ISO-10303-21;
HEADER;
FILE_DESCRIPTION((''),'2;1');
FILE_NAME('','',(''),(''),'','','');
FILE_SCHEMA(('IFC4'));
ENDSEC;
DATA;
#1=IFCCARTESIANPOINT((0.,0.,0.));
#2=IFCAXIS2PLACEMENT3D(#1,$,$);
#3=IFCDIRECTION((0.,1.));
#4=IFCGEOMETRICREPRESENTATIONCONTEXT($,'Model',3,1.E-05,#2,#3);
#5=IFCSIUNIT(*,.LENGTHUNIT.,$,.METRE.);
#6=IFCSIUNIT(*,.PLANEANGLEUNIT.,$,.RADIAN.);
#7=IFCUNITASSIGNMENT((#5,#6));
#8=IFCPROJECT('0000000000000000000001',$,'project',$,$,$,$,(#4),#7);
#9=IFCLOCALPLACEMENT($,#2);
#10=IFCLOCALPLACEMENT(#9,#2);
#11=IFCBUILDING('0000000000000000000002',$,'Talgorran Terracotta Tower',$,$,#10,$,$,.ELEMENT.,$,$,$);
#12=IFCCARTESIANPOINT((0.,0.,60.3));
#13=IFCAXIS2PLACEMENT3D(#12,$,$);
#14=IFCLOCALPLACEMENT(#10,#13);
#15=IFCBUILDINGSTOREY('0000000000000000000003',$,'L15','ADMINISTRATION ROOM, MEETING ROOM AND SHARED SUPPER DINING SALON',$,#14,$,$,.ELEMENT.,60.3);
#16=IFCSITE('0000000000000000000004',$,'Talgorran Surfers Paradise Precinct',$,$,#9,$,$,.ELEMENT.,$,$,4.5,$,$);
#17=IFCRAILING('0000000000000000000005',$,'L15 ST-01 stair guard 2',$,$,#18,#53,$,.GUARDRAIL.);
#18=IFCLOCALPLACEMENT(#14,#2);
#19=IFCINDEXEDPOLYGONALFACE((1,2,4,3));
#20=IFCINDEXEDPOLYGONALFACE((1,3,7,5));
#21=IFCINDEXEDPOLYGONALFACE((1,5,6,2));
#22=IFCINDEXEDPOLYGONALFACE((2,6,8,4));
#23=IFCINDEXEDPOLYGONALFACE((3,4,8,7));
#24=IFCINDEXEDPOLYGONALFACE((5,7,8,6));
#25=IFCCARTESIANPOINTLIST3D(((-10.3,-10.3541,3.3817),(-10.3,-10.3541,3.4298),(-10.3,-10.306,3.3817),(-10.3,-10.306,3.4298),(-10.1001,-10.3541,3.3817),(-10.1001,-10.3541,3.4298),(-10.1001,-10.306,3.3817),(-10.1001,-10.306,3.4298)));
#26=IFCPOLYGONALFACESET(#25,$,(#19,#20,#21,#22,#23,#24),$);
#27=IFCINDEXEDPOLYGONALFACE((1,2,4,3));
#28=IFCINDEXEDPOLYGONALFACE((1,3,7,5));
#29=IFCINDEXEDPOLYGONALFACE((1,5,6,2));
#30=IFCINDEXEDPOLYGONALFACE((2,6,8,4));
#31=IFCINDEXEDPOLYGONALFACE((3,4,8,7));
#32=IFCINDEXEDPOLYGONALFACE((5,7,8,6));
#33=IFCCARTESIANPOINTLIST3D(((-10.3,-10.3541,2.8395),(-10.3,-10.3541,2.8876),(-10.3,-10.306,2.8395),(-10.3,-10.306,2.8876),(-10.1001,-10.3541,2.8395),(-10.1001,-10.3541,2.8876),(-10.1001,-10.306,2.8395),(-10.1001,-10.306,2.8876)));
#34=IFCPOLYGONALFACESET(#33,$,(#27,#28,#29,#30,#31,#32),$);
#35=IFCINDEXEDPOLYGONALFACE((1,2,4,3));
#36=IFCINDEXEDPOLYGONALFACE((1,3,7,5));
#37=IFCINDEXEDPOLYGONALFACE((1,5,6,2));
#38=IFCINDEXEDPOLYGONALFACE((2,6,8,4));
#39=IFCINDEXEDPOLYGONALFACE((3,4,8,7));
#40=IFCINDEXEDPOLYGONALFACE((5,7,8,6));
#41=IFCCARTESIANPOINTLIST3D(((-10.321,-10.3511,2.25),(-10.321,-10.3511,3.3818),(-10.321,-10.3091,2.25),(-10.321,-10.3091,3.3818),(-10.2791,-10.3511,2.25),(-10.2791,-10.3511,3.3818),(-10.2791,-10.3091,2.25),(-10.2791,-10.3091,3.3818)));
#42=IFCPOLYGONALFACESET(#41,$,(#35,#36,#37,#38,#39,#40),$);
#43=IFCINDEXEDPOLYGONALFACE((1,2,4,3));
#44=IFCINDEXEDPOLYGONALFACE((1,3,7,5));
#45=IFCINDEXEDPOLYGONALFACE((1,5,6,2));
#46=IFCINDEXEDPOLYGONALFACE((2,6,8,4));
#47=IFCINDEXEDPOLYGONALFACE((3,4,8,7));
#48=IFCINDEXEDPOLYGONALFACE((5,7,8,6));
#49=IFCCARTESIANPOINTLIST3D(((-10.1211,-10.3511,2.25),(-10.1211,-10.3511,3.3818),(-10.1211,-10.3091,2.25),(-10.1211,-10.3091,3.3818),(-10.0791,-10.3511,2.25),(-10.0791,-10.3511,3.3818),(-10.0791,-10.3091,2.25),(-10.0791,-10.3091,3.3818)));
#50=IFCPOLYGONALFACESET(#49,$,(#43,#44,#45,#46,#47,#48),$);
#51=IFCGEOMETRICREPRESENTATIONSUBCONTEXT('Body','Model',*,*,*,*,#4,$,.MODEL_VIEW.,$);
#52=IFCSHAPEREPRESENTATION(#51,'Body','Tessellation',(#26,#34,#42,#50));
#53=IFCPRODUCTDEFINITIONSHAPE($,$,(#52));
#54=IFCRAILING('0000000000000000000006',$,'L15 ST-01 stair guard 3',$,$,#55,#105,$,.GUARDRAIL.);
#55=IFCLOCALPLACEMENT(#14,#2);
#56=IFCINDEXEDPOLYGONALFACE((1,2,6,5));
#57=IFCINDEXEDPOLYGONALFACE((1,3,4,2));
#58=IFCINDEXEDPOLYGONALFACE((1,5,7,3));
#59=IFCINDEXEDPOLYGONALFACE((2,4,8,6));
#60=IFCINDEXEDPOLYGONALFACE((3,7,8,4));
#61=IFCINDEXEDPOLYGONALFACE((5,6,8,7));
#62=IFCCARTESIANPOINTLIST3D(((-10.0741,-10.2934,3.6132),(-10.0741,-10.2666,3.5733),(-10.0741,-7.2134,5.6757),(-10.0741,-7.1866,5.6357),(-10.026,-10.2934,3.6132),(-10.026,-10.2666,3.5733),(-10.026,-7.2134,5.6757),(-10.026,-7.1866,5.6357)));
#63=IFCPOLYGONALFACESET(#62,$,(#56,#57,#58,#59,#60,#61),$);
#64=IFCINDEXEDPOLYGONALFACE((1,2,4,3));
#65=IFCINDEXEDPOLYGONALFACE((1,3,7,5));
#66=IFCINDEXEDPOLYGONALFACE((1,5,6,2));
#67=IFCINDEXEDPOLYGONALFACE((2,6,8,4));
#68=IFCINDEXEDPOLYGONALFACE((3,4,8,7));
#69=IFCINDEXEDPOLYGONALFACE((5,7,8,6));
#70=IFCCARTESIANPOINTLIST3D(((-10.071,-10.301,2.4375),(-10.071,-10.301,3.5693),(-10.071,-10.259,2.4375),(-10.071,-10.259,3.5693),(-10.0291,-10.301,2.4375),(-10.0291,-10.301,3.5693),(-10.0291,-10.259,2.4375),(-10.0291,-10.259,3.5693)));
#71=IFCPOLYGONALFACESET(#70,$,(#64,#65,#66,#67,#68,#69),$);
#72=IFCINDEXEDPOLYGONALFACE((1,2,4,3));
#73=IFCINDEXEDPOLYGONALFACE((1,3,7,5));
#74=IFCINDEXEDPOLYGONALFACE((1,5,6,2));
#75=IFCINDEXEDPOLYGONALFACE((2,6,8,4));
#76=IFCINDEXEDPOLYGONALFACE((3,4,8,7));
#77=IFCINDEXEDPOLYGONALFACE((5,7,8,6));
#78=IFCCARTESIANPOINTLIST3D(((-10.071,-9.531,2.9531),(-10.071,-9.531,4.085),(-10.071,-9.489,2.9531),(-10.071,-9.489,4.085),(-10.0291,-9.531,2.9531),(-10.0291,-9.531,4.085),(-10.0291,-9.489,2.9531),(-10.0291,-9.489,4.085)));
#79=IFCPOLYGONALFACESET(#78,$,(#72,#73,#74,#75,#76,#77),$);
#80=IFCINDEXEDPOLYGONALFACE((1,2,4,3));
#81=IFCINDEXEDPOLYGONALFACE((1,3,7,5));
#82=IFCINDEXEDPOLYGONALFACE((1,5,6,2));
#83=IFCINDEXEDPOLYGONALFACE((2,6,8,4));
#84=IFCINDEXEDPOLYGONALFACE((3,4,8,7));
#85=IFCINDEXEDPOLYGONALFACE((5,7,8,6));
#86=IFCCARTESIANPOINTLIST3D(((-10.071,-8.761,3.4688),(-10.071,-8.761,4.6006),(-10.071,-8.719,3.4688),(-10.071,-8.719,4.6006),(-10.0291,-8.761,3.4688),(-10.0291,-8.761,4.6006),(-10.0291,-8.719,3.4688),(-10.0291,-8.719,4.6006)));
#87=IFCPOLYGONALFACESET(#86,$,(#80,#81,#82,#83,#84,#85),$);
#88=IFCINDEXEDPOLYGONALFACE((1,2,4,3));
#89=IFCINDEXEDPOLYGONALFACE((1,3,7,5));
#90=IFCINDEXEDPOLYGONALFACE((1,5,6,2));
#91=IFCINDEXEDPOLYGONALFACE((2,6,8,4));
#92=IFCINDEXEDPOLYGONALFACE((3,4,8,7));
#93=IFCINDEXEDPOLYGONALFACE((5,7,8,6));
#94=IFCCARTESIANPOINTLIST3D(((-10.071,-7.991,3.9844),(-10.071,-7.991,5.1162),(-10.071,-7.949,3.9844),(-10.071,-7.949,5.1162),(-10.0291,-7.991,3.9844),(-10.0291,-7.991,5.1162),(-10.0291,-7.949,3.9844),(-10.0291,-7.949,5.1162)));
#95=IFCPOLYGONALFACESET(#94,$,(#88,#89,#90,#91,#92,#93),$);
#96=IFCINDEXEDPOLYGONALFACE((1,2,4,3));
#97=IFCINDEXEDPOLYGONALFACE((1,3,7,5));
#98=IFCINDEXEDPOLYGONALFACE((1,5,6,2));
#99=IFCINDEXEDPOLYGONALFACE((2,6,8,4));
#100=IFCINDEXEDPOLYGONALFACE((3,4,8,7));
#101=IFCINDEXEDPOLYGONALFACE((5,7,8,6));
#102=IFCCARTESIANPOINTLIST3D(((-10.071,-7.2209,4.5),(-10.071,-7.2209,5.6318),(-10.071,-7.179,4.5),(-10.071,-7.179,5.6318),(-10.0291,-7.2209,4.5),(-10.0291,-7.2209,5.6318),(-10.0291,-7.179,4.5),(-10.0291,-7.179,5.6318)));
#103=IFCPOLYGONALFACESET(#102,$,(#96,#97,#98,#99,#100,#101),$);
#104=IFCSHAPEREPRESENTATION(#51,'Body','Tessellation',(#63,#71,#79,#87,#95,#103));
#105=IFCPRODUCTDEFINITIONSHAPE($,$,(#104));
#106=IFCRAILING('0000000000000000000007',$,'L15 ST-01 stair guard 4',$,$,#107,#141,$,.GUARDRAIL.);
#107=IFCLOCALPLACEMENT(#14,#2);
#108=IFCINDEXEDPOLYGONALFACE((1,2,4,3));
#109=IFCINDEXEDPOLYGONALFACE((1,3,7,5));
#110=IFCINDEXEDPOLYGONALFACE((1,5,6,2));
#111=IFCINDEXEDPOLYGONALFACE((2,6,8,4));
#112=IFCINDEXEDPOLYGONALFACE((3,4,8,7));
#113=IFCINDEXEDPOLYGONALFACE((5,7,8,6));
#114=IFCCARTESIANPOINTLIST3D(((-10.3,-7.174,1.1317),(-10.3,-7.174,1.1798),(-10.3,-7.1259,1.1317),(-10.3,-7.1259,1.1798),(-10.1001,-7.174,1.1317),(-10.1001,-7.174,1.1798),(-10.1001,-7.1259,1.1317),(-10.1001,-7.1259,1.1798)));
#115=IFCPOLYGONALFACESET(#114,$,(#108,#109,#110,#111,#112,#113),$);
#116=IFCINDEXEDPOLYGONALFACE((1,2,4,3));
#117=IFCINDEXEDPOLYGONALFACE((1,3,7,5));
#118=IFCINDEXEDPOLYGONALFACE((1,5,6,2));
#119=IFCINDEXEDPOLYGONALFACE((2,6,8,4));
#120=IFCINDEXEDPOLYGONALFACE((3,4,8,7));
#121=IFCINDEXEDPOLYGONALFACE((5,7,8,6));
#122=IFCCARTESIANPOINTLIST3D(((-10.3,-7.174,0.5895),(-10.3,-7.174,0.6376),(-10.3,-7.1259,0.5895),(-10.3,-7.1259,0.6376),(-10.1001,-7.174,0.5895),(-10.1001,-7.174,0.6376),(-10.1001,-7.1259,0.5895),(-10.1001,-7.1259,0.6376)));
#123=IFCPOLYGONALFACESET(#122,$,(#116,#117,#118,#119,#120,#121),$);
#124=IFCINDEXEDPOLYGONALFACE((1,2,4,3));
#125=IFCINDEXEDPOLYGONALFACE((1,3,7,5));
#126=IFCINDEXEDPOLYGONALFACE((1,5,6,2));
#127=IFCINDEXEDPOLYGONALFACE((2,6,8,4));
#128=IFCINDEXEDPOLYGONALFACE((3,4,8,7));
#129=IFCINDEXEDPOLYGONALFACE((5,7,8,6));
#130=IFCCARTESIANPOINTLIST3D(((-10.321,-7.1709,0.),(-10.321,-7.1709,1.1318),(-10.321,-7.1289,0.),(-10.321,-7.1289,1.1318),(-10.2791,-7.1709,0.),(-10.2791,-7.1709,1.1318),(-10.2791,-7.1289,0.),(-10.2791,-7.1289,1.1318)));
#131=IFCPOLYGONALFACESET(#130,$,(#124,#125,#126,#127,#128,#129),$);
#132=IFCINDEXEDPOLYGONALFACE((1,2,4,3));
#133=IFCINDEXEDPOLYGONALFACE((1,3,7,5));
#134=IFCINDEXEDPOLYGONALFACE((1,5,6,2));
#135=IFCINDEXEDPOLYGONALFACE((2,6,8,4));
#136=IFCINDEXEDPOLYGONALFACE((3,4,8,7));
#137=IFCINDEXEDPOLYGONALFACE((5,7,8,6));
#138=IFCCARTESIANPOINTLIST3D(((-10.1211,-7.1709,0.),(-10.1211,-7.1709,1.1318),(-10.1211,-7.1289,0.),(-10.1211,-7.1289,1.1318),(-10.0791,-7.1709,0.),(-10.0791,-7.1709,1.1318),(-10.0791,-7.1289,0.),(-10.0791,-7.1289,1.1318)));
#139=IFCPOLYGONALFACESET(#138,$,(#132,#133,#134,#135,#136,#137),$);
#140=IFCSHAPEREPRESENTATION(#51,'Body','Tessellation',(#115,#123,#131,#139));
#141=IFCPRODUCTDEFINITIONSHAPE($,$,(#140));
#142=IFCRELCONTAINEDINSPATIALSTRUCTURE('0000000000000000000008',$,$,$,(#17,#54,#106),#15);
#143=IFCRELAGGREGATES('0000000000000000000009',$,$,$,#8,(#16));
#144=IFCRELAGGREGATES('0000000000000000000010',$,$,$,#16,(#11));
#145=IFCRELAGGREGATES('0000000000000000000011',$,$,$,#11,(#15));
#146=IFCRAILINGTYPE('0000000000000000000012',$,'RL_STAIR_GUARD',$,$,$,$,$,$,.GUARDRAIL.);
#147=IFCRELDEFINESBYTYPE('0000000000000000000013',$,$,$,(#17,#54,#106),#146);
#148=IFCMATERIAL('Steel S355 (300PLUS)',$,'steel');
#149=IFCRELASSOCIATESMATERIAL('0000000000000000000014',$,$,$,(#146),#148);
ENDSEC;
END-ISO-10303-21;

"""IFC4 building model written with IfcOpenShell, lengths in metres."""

from ifc_helpers import new_model, si_unit, direction, frame, origin, origin_2d, place, context, subcontext, project, spatial, rectangle, extrude, material, type_object, element, save


model = new_model("IFC4")

# Units and contexts
model_context = context("Model", 3, precision=1e-05, world=origin(), true_north=direction((0.0, 1.0)))
body_context = subcontext(model_context, "Body", "Model", "MODEL_VIEW")
ifc_project = project(units=[si_unit("LENGTHUNIT", "METRE"), si_unit("PLANEANGLEUNIT", "RADIAN")], contexts=[model_context])

# Site, building, storey
site_placement = place(None, origin())
site = spatial("IfcSite", under=ifc_project, at=site_placement, Name="Talgorran Surfers Paradise Precinct", CompositionType="ELEMENT", RefElevation=4.5)
building_placement = place(site_placement, origin())
building = spatial("IfcBuilding", under=site, at=building_placement, Name="Talgorran Terracotta Tower", CompositionType="ELEMENT")
storey_placement = place(building_placement, frame((0.0, 0.0, 60.3)))
storey = spatial("IfcBuildingStorey", under=building, at=storey_placement, Name="L15", Description="ADMINISTRATION ROOM, MEETING ROOM AND SHARED SUPPER DINING SALON", CompositionType="ELEMENT", Elevation=60.3)

# Railings
ifc_material_1 = material(Name="Steel S355 (300PLUS)", Category="steel")
railing_type_1 = type_object("IfcRailingType", Name="RL_STAIR_GUARD", PredefinedType="GUARDRAIL", material=ifc_material_1)
railing_1_placement = place(storey_placement, frame((-10.3, -10.3301, 2.25)))
element("IfcRailing", 1, at=railing_1_placement, inside=storey, type_object=railing_type_1, Name="L15 ST-01 stair guard 2", PredefinedType="GUARDRAIL", context=body_context, shape_type="SweptSolid", body=[
    extrude(rectangle(XDim=0.0481, YDim=0.0481, at=origin_2d()), frame((0.0, 0.0, 1.1558), z_axis=(1.0, 0.0, 0.0), x_axis=(0.0, 1.0, 0.0)), (0.0, 0.0, 1.0), 0.2),
    extrude(rectangle(XDim=0.0481, YDim=0.0481, at=origin_2d()), frame((0.0, 0.0, 0.6135), z_axis=(1.0, 0.0, 0.0), x_axis=(0.0, 1.0, 0.0)), (0.0, 0.0, 1.0), 0.2),
    extrude(rectangle(XDim=0.042, YDim=0.042, at=origin_2d()), origin(), (0.0, 0.0, 1.0), 1.1318),
    extrude(rectangle(XDim=0.042, YDim=0.042, at=origin_2d()), frame((0.2, 0.0, 0.0)), (0.0, 0.0, 1.0), 1.1318),
])
railing_2_placement = place(storey_placement, frame((-10.05, -10.28, 2.4375)))
element("IfcRailing", 2, at=railing_2_placement, inside=storey, type_object=railing_type_1, Name="L15 ST-01 stair guard 3", PredefinedType="GUARDRAIL", context=body_context, shape_type="SweptSolid", body=[
    extrude(rectangle(XDim=0.0481, YDim=0.0481, at=origin_2d()), frame((0.0, 0.0, 1.1558), z_axis=(0.0, 0.830914, 0.556401), x_axis=(-1.0, 0.0, 0.0)), (0.0, 0.0, 1.0), 3.7068),
    extrude(rectangle(XDim=0.042, YDim=0.042, at=origin_2d()), origin(), (0.0, 0.0, 1.0), 1.1318),
    extrude(rectangle(XDim=0.042, YDim=0.042, at=origin_2d()), frame((0.0, 0.77, 0.5156)), (0.0, 0.0, 1.0), 1.1318),
    extrude(rectangle(XDim=0.042, YDim=0.042, at=origin_2d()), frame((0.0, 1.54, 1.0312)), (0.0, 0.0, 1.0), 1.1318),
    extrude(rectangle(XDim=0.042, YDim=0.042, at=origin_2d()), frame((0.0, 2.3101, 1.5469)), (0.0, 0.0, 1.0), 1.1318),
    extrude(rectangle(XDim=0.042, YDim=0.042, at=origin_2d()), frame((0.0, 3.0801, 2.0625)), (0.0, 0.0, 1.0), 1.1318),
])
railing_3_placement = place(storey_placement, frame((-10.3, -7.1499, 0.0)))
element("IfcRailing", 3, at=railing_3_placement, inside=storey, type_object=railing_type_1, Name="L15 ST-01 stair guard 4", PredefinedType="GUARDRAIL", context=body_context, shape_type="SweptSolid", body=[
    extrude(rectangle(XDim=0.0481, YDim=0.0481, at=origin_2d()), frame((0.0, 0.0, 1.1558), z_axis=(1.0, 0.0, 0.0), x_axis=(0.0, 1.0, 0.0)), (0.0, 0.0, 1.0), 0.2),
    extrude(rectangle(XDim=0.0481, YDim=0.0481, at=origin_2d()), frame((0.0, 0.0, 0.6135), z_axis=(1.0, 0.0, 0.0), x_axis=(0.0, 1.0, 0.0)), (0.0, 0.0, 1.0), 0.2),
    extrude(rectangle(XDim=0.042, YDim=0.042, at=origin_2d()), origin(), (0.0, 0.0, 1.0), 1.1318),
    extrude(rectangle(XDim=0.042, YDim=0.042, at=origin_2d()), frame((0.2, 0.0, 0.0)), (0.0, 0.0, 1.0), 1.1318),
])

save(model, "model.ifc")
